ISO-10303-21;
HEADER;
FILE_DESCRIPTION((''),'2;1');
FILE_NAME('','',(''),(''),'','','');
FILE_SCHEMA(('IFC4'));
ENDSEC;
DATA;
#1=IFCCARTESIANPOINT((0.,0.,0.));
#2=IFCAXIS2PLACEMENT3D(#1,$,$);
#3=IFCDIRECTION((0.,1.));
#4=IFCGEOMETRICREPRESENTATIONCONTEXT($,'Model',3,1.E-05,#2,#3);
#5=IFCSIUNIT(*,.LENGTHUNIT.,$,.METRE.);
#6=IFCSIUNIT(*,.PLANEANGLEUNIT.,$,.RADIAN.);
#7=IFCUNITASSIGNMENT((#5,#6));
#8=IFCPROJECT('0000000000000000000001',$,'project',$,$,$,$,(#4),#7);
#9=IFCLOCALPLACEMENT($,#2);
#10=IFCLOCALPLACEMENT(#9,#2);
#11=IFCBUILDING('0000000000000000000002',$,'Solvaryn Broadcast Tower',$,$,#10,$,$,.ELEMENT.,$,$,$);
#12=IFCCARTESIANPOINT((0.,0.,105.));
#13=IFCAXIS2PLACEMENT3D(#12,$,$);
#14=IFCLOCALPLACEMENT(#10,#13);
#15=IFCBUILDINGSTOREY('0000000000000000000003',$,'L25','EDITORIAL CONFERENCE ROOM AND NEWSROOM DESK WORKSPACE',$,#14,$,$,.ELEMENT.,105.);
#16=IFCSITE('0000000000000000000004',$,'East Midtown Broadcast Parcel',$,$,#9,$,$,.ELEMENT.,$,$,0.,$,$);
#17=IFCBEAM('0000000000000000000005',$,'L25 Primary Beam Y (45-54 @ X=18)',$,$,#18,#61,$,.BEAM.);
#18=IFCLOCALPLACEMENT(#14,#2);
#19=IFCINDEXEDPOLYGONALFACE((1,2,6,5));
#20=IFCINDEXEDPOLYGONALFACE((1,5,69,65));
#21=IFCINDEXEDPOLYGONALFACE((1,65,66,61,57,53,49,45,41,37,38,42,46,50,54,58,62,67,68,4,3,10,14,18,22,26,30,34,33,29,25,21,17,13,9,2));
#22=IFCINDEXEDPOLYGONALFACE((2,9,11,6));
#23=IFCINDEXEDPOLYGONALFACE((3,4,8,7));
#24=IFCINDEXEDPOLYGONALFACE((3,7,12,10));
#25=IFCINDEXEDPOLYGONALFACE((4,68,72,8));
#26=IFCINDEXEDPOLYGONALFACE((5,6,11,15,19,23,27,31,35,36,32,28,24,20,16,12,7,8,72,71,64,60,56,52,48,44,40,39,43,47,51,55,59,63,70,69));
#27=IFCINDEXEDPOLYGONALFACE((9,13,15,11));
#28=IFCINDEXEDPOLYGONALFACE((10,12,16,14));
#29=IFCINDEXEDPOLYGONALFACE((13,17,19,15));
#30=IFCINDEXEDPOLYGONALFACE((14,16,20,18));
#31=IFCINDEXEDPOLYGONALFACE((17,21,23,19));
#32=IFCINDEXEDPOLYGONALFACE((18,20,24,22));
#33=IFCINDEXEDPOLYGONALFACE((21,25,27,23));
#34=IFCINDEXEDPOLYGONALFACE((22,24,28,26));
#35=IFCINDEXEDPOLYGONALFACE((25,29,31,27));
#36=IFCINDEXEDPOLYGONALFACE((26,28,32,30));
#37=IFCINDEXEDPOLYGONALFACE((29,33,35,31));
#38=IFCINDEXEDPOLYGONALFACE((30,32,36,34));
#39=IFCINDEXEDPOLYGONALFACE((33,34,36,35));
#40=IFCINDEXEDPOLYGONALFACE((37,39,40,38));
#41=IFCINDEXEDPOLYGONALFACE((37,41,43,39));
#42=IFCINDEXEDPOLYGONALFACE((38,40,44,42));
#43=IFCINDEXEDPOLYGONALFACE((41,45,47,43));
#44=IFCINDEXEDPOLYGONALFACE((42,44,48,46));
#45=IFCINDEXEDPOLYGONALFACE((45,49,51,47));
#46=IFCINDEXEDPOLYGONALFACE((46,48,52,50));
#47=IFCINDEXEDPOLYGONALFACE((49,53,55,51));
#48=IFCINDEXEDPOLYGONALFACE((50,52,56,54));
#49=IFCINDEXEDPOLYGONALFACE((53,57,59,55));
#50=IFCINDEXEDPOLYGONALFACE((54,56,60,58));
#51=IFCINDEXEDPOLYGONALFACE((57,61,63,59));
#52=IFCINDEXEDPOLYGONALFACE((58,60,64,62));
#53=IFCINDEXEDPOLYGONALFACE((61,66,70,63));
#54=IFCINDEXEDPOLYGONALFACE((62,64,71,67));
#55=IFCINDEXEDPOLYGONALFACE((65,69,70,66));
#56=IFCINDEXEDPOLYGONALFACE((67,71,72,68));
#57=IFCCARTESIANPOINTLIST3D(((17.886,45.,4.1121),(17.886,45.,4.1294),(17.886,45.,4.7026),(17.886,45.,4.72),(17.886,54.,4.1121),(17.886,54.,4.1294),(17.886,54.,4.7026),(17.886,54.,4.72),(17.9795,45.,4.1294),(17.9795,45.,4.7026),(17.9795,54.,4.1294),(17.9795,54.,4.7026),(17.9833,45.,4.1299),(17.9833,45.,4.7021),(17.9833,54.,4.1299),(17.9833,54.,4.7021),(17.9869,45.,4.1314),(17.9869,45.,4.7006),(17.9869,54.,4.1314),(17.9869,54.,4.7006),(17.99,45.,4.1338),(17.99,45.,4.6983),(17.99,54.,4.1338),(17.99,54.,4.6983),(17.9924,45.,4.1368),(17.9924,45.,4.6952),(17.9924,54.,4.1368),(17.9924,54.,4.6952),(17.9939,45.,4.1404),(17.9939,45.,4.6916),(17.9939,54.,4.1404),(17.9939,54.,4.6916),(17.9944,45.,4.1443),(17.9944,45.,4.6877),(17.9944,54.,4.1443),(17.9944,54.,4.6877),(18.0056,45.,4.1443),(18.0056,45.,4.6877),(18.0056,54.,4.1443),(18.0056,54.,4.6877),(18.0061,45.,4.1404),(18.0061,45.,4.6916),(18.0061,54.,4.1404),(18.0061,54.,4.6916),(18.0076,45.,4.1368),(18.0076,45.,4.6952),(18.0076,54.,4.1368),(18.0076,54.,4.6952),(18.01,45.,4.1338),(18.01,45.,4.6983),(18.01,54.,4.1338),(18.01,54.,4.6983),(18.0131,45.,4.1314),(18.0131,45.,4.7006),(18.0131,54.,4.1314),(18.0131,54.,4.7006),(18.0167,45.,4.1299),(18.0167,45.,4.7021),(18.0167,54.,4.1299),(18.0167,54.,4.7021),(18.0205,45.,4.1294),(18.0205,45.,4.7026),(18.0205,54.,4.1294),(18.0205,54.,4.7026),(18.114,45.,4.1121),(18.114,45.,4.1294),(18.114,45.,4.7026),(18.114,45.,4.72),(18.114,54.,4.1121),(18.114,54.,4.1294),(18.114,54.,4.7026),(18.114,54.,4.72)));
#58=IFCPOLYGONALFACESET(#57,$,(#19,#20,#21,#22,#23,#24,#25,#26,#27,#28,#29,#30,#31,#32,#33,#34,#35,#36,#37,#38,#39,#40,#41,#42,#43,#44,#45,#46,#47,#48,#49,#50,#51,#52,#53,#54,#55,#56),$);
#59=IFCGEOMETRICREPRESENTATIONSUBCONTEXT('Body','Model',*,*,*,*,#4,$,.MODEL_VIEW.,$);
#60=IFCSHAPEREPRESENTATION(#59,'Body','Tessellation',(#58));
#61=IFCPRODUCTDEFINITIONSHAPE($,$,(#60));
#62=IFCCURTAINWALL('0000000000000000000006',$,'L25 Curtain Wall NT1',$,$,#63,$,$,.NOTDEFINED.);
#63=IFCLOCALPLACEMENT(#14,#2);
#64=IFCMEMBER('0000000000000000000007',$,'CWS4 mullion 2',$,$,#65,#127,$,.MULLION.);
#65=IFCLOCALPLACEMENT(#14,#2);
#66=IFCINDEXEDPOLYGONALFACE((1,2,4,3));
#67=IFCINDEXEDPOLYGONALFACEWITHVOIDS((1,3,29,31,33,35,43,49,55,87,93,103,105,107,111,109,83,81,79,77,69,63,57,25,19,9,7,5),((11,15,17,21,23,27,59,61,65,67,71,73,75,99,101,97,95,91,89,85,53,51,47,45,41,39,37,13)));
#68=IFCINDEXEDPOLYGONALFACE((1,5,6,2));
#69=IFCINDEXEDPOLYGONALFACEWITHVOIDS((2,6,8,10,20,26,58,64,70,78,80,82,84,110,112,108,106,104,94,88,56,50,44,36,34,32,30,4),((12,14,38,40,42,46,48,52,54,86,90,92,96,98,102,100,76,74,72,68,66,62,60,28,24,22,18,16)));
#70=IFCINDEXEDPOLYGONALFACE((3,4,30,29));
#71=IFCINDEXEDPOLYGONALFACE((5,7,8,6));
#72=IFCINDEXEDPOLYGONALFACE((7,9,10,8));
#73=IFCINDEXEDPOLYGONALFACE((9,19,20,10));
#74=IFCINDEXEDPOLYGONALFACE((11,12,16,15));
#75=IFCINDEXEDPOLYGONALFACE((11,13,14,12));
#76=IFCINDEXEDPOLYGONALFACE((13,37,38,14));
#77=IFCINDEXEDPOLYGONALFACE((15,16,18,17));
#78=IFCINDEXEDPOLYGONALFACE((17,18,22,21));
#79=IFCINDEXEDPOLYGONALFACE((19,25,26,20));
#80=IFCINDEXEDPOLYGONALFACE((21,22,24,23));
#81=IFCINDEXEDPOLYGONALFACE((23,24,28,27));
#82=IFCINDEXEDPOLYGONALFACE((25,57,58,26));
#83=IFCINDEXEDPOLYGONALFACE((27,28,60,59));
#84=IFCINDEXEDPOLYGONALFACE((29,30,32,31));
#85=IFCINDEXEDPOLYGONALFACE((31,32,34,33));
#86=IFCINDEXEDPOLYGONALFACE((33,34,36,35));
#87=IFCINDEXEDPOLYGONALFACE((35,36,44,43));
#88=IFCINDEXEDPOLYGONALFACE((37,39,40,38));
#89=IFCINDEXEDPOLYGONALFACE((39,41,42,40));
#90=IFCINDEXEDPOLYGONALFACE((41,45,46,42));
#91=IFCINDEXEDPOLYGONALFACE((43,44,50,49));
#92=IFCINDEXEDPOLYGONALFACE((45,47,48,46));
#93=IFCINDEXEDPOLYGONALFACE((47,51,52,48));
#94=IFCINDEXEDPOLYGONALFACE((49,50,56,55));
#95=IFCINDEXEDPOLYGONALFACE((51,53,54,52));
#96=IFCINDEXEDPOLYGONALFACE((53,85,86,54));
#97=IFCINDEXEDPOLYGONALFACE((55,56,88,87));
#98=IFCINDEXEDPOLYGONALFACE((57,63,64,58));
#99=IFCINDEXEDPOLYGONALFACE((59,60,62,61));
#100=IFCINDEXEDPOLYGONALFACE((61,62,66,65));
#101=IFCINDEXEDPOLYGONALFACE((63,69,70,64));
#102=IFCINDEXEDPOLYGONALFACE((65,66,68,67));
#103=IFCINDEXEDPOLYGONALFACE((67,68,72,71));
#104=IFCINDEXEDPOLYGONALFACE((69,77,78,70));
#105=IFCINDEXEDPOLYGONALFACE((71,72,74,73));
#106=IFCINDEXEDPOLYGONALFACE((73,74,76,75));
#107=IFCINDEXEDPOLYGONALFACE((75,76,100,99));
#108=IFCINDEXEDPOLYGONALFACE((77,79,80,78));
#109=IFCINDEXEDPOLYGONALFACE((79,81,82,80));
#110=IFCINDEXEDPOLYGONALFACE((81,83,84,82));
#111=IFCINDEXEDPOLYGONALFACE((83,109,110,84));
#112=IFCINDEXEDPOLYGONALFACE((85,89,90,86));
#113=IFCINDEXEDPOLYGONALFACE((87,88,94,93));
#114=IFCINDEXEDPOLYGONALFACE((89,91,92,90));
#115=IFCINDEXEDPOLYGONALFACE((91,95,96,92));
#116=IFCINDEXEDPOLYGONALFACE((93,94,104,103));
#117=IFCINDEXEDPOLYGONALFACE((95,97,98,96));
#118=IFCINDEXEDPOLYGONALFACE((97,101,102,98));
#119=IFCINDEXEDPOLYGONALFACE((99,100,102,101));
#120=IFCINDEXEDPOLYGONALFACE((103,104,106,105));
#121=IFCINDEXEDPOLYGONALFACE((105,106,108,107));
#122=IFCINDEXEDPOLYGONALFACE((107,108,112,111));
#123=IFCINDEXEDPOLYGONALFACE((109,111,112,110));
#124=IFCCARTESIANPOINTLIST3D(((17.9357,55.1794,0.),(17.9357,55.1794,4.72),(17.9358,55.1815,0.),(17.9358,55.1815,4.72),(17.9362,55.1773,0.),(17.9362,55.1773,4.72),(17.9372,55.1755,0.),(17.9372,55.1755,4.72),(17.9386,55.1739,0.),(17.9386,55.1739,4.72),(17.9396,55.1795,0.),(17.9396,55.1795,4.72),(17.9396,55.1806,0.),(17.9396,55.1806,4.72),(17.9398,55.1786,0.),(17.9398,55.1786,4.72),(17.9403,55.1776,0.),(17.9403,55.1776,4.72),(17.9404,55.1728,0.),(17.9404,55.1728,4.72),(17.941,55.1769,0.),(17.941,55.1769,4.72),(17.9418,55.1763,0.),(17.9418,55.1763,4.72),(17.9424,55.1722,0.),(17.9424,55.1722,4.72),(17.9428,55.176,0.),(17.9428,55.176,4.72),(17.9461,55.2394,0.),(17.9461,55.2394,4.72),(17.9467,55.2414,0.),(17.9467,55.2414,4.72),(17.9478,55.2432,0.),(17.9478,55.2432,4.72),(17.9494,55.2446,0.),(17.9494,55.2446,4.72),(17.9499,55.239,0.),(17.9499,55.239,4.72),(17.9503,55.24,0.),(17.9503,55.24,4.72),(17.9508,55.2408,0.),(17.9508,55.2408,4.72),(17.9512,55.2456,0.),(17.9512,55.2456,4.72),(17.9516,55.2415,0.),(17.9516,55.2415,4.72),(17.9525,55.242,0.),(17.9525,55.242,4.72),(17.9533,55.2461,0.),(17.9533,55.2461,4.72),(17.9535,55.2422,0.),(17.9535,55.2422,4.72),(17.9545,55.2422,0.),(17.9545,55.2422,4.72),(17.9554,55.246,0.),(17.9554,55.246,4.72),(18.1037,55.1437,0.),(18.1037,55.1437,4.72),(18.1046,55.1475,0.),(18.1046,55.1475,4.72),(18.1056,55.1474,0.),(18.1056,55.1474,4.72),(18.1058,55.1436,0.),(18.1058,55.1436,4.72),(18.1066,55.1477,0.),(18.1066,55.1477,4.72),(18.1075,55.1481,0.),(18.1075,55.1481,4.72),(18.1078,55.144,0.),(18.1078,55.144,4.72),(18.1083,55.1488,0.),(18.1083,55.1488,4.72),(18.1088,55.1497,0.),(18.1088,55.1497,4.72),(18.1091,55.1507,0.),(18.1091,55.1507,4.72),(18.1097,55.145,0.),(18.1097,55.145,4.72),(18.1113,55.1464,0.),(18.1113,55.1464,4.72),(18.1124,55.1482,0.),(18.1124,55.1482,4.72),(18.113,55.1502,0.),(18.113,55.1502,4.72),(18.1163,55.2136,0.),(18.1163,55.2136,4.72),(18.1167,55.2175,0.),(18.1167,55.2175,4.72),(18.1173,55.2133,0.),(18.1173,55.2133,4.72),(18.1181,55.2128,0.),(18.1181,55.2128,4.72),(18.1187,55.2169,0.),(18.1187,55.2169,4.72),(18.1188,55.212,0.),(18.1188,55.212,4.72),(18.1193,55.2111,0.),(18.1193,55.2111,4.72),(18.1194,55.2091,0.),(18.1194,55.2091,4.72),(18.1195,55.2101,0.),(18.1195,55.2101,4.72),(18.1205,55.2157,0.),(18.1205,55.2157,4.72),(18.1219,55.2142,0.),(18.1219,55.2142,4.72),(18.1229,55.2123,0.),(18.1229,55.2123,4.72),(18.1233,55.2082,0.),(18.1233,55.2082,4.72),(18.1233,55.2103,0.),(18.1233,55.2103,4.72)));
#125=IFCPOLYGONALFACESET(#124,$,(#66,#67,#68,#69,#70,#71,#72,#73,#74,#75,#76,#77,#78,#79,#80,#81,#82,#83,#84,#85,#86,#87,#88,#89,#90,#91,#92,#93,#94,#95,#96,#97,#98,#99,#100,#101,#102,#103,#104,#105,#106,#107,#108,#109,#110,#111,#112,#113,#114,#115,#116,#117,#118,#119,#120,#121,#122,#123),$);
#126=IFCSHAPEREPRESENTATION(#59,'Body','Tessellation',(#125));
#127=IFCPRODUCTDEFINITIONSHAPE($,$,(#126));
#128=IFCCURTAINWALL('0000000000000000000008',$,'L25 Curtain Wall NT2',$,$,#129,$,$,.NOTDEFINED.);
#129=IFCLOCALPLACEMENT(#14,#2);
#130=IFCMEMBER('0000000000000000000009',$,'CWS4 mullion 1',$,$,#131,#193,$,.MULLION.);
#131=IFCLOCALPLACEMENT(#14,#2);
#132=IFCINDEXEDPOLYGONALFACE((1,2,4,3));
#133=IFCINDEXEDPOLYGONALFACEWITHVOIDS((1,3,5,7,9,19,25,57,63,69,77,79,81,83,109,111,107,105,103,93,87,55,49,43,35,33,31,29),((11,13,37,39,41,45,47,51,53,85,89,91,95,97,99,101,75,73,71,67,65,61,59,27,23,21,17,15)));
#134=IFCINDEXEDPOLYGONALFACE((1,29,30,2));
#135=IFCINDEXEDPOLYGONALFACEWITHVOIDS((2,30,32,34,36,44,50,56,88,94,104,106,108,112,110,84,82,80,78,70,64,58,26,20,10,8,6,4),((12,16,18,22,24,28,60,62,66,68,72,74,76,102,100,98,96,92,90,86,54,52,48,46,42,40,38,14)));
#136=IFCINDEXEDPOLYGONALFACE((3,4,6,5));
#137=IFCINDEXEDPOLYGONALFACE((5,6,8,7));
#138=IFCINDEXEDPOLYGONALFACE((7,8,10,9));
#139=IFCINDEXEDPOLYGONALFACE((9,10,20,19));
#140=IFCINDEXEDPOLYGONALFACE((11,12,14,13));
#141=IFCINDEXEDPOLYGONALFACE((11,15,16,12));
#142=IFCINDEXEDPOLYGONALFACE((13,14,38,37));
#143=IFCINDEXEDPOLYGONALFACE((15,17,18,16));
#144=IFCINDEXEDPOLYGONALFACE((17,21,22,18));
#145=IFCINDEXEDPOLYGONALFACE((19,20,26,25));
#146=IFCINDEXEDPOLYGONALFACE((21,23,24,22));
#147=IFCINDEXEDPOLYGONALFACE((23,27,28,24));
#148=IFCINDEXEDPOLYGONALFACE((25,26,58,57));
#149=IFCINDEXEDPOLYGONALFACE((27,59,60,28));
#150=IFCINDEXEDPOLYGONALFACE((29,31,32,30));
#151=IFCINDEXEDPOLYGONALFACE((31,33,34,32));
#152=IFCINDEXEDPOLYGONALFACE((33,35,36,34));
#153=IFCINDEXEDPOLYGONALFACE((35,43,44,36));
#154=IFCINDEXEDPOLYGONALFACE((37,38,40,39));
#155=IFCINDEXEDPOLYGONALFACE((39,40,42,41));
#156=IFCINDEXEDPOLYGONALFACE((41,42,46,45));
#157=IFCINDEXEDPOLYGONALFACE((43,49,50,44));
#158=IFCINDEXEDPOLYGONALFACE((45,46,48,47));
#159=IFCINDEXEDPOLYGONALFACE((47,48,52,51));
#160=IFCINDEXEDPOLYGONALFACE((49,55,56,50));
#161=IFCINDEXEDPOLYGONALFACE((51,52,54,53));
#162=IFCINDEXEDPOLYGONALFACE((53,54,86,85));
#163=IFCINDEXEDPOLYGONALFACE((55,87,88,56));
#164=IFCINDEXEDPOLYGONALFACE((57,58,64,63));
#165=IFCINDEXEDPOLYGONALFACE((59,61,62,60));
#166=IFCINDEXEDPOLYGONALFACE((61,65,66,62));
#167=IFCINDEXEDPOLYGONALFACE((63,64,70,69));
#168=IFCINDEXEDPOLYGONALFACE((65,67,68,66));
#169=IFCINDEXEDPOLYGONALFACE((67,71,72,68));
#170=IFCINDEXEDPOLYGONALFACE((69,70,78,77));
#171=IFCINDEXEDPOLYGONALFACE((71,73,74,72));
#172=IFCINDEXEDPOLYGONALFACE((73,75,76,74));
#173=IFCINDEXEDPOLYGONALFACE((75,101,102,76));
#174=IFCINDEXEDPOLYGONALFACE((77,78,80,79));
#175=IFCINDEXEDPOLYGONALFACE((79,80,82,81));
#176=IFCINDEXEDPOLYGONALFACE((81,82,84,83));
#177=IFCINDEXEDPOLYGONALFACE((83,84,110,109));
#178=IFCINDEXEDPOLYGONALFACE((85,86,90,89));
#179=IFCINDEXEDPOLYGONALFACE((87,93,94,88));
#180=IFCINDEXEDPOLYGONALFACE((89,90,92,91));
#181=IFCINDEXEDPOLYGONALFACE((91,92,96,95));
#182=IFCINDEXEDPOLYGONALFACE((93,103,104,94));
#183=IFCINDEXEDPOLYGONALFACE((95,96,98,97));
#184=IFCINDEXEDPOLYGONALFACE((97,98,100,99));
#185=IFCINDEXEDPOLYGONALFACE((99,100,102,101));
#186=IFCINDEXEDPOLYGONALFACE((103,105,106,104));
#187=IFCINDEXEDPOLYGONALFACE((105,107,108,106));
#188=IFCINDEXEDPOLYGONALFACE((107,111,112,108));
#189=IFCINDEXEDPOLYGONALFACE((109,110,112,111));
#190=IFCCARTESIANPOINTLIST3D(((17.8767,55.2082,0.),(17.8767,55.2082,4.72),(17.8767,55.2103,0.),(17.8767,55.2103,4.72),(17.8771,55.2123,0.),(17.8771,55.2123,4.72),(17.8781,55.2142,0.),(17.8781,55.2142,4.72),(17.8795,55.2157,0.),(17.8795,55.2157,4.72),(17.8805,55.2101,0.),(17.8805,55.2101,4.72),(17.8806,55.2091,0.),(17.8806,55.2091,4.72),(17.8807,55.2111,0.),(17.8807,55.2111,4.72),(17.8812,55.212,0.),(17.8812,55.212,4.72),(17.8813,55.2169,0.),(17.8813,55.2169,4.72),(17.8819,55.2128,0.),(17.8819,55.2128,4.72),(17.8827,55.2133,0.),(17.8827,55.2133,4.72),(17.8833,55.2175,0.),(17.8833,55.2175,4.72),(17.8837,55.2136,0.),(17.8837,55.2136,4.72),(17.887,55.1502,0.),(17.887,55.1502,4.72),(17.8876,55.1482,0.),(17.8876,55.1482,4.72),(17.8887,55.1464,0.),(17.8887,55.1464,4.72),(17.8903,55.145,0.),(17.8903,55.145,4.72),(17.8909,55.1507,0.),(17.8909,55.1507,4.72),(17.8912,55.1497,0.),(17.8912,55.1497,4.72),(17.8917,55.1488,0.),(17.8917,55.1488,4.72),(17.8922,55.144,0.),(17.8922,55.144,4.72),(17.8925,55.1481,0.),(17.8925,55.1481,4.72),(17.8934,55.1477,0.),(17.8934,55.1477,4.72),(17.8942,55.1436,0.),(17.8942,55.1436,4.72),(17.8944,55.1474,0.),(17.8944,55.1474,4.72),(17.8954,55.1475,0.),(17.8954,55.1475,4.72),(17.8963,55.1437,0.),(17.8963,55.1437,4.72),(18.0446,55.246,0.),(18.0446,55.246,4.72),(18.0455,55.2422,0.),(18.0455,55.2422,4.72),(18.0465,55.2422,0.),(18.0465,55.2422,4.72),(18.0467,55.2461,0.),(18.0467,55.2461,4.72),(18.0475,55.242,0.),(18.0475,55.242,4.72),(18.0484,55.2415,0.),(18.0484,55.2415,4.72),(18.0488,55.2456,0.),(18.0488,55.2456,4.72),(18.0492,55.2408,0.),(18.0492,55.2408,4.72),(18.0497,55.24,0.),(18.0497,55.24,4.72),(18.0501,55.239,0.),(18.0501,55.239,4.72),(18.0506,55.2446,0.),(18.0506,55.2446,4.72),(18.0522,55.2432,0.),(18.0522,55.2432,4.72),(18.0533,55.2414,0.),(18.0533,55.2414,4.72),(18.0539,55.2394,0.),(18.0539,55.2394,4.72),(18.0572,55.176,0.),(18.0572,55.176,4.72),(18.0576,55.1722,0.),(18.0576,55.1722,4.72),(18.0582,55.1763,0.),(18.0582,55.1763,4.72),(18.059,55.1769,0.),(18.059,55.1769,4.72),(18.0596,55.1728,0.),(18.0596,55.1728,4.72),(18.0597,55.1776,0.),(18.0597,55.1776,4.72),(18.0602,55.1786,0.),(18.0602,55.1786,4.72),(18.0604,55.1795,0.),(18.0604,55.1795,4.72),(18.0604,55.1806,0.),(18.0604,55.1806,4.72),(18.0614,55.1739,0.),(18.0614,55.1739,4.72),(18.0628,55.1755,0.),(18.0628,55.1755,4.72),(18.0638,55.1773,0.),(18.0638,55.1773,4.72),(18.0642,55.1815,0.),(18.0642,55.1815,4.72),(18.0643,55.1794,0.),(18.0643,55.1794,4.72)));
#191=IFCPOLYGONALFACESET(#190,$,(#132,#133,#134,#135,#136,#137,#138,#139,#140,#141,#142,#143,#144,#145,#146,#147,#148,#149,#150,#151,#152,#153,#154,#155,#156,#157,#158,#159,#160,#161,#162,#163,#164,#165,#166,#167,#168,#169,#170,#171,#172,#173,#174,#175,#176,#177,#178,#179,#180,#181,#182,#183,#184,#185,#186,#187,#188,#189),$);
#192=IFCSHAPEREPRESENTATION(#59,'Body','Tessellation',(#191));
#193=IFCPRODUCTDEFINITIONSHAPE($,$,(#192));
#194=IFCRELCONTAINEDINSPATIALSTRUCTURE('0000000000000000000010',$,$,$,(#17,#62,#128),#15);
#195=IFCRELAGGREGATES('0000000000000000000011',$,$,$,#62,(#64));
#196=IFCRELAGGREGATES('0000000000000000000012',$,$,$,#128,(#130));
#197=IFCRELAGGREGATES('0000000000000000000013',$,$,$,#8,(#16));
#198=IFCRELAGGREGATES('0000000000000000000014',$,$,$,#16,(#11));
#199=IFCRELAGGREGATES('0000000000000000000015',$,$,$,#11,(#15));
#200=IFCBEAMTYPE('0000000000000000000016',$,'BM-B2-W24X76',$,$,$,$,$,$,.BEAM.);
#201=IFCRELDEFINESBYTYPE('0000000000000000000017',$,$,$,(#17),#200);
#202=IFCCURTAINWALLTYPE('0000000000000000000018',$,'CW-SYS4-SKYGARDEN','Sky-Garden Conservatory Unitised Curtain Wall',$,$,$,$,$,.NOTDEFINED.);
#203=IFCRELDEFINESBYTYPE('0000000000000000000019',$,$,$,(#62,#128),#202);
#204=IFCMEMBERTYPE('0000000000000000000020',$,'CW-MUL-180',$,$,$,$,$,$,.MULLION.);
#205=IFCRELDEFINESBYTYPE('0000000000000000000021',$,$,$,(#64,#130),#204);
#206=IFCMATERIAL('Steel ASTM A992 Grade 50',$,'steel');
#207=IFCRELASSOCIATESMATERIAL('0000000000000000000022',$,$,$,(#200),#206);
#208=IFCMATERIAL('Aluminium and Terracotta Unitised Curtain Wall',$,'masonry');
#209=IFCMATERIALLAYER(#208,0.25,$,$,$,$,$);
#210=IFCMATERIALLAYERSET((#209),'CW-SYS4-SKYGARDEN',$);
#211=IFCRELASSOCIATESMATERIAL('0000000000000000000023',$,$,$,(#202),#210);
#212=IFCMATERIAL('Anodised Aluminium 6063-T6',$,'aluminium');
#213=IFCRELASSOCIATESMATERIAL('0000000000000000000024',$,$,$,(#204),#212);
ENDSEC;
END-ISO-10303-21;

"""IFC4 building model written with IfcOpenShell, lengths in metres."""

from ifc_helpers import new_model, si_unit, direction, frame, origin, origin_2d, place, context, subcontext, project, spatial, hollow_rectangle, i_section, extrude, material, layer, layer_set, material_profile, profile_set, type_object, element, aggregate, save


model = new_model("IFC4")

# Units and contexts
model_context = context("Model", 3, precision=1e-05, world=origin(), true_north=direction((0.0, 1.0)))
body_context = subcontext(model_context, "Body", "Model", "MODEL_VIEW")
ifc_project = project(units=[si_unit("LENGTHUNIT", "METRE"), si_unit("PLANEANGLEUNIT", "RADIAN")], contexts=[model_context])

# Site, building, storey
site_placement = place(None, origin())
site = spatial("IfcSite", under=ifc_project, at=site_placement, Name="East Midtown Broadcast Parcel", CompositionType="ELEMENT", RefElevation=0.0)
building_placement = place(site_placement, origin())
building = spatial("IfcBuilding", under=site, at=building_placement, Name="Solvaryn Broadcast Tower", CompositionType="ELEMENT")
storey_placement = place(building_placement, frame((0.0, 0.0, 105.0)))
storey = spatial("IfcBuildingStorey", under=building, at=storey_placement, Name="L25", Description="EDITORIAL CONFERENCE ROOM AND NEWSROOM DESK WORKSPACE", CompositionType="ELEMENT", Elevation=105.0)

# Beam
ifc_material_1 = material(Name="Steel ASTM A992 Grade 50", Category="steel")
ifc_material_profile_1 = material_profile(ifc_material_1, i_section(OverallWidth=0.228, OverallDepth=0.6079, WebThickness=0.0112, FlangeThickness=0.0173, FilletRadius=0.0149, at=origin_2d()))
ifc_profile_set_1 = profile_set([ifc_material_profile_1], Name="Steel ASTM A992 Grade 50")
beam_type_1 = type_object("IfcBeamType", Name="BM-B2-W24X76", PredefinedType="BEAM", material=ifc_profile_set_1)
beam_1_placement = place(storey_placement, frame((18.0, 45.0, 4.416), z_axis=(0.0, 1.0, 0.0), x_axis=(-1.0, 0.0, 0.0)))
element("IfcBeam", 1, at=beam_1_placement, inside=storey, type_object=beam_type_1, Name="L25 Primary Beam Y (45-54 @ X=18)", PredefinedType="BEAM", context=body_context, shape_type="SweptSolid", body=[
    extrude(i_section(OverallWidth=0.228, OverallDepth=0.6079, WebThickness=0.0112, FlangeThickness=0.0173, FilletRadius=0.0149, at=origin_2d()), origin(), (0.0, 0.0, 1.0), 9.0),
])

# Curtain wall, member
ifc_material_2 = material(Name="Aluminium and Terracotta Unitised Curtain Wall", Category="masonry")
ifc_layer_1 = layer(ifc_material_2, 0.25)
ifc_layer_set_1 = layer_set([ifc_layer_1], Name="CW-SYS4-SKYGARDEN")
curtain_wall_type = type_object("IfcCurtainWallType", Name="CW-SYS4-SKYGARDEN", Description="Sky-Garden Conservatory Unitised Curtain Wall", PredefinedType="NOTDEFINED", material=ifc_layer_set_1)
curtain_wall_1_placement = place(storey_placement, origin())
curtain_wall_1 = element("IfcCurtainWall", 2, at=curtain_wall_1_placement, inside=storey, type_object=curtain_wall_type, Name="L25 Curtain Wall NT1", PredefinedType="NOTDEFINED")
ifc_material_3 = material(Name="Anodised Aluminium 6063-T6", Category="aluminium")
ifc_material_profile_2 = material_profile(ifc_material_3, hollow_rectangle(XDim=0.075, YDim=0.1799, WallThickness=0.0039, InnerFilletRadius=0.0039, OuterFilletRadius=0.0081, at=origin_2d()))
ifc_profile_set_2 = profile_set([ifc_material_profile_2], Name="Anodised Aluminium 6063-T6")
member_type_1 = type_object("IfcMemberType", Name="CW-MUL-180", PredefinedType="MULLION", material=ifc_profile_set_2)
member_1_placement = place(storey_placement, frame((18.0295, 55.1948, 0.0), z_axis=(0.0, 0.0, 1.0), x_axis=(-0.173785, -0.984784, 0.0)))
member_1 = element("IfcMember", 3, at=member_1_placement, type_object=member_type_1, Name="CWS4 mullion 2", PredefinedType="MULLION", context=body_context, shape_type="SweptSolid", body=[
    extrude(hollow_rectangle(XDim=0.075, YDim=0.1799, WallThickness=0.0039, InnerFilletRadius=0.0039, OuterFilletRadius=0.0081, at=origin_2d()), origin(), (0.0, 0.0, 1.0), 4.72),
])

# Curtain wall, member
curtain_wall_2_placement = place(storey_placement, origin())
curtain_wall_2 = element("IfcCurtainWall", 4, at=curtain_wall_2_placement, inside=storey, type_object=curtain_wall_type, Name="L25 Curtain Wall NT2", PredefinedType="NOTDEFINED")
member_2_placement = place(storey_placement, frame((17.9705, 55.1948, 0.0), z_axis=(0.0, 0.0, 1.0), x_axis=(0.173785, -0.984784, 0.0)))
member_2 = element("IfcMember", 5, at=member_2_placement, type_object=member_type_1, Name="CWS4 mullion 1", PredefinedType="MULLION", context=body_context, shape_type="SweptSolid", body=[
    extrude(hollow_rectangle(XDim=0.075, YDim=0.1799, WallThickness=0.0039, InnerFilletRadius=0.0039, OuterFilletRadius=0.0081, at=origin_2d()), origin(), (0.0, 0.0, 1.0), 4.72),
])

aggregate(curtain_wall_1, [member_1])
aggregate(curtain_wall_2, [member_2])

save(model, "model.ifc")
